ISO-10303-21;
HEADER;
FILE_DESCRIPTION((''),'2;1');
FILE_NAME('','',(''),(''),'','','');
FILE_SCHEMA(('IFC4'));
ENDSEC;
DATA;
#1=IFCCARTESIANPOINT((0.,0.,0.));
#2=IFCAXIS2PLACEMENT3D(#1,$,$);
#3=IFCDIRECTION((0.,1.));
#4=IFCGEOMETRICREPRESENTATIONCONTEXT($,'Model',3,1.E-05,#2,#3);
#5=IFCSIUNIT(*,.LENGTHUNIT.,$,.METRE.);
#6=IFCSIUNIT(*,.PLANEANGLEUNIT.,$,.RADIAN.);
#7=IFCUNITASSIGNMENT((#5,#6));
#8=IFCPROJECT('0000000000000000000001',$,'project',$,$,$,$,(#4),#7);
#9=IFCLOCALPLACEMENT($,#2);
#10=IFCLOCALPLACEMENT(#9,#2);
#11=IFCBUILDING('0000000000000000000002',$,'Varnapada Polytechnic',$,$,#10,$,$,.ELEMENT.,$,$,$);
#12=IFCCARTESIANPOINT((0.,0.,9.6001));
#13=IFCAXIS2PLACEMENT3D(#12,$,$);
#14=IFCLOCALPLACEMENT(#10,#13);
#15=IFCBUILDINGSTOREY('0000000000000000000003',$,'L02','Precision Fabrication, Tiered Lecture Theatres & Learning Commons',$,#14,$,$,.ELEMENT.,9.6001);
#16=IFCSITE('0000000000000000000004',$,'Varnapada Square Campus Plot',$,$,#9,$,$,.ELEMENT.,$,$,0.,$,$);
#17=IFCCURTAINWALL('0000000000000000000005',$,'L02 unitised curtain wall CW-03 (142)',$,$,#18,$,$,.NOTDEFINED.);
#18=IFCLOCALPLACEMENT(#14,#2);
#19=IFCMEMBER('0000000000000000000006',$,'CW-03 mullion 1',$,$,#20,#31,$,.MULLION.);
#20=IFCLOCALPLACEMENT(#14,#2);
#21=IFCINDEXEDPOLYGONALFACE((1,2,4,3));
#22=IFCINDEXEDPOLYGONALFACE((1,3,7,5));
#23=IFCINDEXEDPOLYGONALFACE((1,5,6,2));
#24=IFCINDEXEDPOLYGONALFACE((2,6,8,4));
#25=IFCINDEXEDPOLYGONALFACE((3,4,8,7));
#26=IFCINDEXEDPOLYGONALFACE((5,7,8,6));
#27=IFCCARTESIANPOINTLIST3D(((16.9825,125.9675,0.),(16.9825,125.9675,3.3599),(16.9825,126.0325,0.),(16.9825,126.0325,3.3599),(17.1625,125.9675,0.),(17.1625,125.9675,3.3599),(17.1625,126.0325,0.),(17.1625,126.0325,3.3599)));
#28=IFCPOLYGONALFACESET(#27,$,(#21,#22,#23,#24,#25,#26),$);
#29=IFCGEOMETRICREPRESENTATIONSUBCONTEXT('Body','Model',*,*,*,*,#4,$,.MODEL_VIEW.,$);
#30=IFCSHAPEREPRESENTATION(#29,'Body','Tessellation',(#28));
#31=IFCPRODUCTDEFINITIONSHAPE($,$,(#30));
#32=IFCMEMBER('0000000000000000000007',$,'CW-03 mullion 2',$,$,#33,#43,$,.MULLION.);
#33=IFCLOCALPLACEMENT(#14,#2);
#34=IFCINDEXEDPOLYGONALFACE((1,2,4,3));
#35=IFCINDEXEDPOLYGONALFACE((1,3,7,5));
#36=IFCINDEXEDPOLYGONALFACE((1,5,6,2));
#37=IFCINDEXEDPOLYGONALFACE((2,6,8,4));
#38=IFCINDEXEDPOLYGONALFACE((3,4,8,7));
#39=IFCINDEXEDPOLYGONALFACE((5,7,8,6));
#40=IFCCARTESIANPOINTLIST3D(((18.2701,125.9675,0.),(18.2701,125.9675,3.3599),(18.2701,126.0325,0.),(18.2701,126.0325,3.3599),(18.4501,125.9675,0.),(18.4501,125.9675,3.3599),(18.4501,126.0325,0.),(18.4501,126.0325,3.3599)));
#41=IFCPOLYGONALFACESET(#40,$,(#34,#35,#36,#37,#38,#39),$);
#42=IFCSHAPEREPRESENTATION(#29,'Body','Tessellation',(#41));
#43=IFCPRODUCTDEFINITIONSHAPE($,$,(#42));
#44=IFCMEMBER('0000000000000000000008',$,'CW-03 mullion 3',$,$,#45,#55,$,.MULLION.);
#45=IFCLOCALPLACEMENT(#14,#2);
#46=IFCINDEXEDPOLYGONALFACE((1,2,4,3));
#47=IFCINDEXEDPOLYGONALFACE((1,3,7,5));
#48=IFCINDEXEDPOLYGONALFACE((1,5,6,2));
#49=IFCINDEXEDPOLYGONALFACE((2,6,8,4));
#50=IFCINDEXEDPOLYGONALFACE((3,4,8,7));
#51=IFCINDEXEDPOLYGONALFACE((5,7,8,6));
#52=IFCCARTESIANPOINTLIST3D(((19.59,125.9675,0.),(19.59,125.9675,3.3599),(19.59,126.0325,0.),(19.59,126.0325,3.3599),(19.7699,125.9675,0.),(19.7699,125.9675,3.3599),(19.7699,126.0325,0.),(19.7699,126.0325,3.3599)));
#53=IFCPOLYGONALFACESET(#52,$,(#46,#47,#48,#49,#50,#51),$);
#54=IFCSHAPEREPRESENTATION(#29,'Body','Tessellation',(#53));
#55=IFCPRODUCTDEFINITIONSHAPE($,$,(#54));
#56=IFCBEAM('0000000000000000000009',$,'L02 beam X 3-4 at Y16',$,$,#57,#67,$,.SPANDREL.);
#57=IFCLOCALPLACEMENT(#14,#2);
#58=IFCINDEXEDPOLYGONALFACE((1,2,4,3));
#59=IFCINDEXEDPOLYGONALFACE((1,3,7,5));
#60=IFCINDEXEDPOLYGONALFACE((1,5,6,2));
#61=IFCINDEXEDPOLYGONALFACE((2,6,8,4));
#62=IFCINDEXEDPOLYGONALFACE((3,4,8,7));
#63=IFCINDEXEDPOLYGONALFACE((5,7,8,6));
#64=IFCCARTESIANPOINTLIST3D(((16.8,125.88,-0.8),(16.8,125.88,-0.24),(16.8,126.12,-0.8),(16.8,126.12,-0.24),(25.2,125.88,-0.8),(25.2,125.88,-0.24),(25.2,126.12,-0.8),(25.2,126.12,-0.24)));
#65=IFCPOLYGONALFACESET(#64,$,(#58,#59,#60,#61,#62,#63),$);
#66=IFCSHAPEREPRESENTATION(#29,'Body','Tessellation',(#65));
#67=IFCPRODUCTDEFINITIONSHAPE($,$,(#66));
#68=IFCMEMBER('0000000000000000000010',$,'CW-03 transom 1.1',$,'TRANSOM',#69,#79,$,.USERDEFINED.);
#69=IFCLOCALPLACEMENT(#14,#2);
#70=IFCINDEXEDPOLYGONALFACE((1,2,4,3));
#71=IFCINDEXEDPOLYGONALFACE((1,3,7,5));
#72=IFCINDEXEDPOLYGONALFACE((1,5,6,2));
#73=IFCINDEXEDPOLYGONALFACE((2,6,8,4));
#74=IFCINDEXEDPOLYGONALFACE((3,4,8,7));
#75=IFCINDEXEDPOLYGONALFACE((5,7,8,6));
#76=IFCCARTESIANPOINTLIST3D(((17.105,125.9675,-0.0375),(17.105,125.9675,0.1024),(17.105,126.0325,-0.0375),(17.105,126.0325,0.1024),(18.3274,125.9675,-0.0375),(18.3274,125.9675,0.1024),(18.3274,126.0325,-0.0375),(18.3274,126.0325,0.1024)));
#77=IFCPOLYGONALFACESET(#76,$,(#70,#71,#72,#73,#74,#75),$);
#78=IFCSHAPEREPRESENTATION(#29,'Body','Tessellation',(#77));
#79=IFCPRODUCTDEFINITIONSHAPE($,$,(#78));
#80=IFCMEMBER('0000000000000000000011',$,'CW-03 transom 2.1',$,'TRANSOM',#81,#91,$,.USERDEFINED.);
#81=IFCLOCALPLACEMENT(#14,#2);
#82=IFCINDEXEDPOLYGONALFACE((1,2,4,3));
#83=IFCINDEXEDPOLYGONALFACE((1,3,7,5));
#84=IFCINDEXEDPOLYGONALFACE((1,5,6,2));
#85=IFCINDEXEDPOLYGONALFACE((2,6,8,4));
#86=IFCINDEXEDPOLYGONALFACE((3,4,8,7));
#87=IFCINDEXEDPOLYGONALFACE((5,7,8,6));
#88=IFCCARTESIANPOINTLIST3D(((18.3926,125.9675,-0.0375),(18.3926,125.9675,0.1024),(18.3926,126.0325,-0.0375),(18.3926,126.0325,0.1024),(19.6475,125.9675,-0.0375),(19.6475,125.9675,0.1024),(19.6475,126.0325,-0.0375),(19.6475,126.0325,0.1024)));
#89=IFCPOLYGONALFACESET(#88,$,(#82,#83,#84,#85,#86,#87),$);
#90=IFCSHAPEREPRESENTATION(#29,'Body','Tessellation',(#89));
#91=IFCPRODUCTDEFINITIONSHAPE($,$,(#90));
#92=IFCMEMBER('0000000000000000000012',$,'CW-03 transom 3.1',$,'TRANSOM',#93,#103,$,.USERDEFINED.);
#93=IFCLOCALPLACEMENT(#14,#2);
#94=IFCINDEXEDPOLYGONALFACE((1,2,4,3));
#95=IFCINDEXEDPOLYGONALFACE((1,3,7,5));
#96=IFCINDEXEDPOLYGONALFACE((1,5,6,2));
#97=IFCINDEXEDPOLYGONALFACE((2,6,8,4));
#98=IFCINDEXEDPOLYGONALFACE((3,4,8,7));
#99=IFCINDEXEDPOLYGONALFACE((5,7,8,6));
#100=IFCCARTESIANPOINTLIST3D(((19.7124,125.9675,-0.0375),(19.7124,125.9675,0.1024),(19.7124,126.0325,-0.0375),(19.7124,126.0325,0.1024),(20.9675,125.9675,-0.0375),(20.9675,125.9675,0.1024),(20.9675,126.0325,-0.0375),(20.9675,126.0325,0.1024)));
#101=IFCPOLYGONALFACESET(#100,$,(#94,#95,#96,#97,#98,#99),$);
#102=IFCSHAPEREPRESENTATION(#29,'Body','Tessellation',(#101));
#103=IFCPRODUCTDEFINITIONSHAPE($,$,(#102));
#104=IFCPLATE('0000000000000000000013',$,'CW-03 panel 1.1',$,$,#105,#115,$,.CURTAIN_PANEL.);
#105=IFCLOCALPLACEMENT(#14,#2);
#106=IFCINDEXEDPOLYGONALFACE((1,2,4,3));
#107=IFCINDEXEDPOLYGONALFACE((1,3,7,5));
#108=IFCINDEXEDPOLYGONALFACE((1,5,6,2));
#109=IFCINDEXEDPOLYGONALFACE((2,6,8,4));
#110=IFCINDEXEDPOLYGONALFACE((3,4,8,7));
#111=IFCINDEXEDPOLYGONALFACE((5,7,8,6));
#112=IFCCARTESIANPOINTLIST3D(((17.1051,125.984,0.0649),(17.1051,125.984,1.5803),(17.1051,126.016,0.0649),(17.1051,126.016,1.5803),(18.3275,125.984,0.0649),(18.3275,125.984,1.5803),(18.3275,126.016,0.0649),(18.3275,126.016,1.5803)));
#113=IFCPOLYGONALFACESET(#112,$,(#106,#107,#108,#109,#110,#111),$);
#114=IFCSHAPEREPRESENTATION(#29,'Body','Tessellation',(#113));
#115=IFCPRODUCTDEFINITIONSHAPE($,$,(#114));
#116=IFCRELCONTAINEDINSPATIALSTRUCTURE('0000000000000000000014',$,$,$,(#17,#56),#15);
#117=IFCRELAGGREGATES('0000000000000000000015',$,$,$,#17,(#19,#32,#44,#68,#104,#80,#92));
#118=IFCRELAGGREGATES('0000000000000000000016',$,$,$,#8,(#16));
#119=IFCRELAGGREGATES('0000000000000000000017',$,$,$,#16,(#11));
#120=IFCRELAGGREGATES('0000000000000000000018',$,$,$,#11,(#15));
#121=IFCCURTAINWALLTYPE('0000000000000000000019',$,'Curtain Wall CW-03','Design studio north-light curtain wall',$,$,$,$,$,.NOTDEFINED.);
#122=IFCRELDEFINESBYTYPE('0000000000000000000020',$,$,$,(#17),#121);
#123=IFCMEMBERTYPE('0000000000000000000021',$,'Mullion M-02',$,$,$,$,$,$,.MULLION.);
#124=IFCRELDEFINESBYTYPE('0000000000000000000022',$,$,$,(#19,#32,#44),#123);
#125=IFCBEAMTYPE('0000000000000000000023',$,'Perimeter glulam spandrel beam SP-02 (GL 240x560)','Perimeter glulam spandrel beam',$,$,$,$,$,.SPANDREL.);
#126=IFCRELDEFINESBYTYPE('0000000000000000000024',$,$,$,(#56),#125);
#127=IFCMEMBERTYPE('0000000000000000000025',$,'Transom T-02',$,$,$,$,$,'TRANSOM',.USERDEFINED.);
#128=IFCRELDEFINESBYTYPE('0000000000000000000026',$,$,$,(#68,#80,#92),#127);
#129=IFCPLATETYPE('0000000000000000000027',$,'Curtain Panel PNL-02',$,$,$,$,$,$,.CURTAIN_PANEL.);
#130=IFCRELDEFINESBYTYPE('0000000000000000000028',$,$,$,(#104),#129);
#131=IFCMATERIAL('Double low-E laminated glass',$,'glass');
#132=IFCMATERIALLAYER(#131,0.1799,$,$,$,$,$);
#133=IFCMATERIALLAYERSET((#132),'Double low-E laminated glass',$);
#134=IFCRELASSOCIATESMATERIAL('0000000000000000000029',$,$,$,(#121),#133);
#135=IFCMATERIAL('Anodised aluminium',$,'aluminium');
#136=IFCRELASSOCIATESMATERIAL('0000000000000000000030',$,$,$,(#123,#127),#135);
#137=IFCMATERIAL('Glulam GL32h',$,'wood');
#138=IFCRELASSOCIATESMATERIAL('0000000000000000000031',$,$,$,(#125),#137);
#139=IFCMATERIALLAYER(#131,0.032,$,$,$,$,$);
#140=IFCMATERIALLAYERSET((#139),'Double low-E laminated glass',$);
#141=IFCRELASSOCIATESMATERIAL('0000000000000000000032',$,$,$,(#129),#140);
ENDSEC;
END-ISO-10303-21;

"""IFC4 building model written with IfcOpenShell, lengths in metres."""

from ifc_helpers import new_model, si_unit, direction, frame, origin, origin_2d, place, context, subcontext, project, spatial, rectangle, extrude, material, layer, layer_set, material_profile, profile_set, type_object, element, aggregate, save


model = new_model("IFC4")

# Units and contexts
model_context = context("Model", 3, precision=1e-05, world=origin(), true_north=direction((0.0, 1.0)))
body_context = subcontext(model_context, "Body", "Model", "MODEL_VIEW")
ifc_project = project(units=[si_unit("LENGTHUNIT", "METRE"), si_unit("PLANEANGLEUNIT", "RADIAN")], contexts=[model_context])

# Site, building, storey
site_placement = place(None, origin())
site = spatial("IfcSite", under=ifc_project, at=site_placement, Name="Varnapada Square Campus Plot", CompositionType="ELEMENT", RefElevation=0.0)
building_placement = place(site_placement, origin())
building = spatial("IfcBuilding", under=site, at=building_placement, Name="Varnapada Polytechnic", CompositionType="ELEMENT")
storey_placement = place(building_placement, frame((0.0, 0.0, 9.6001)))
storey = spatial("IfcBuildingStorey", under=building, at=storey_placement, Name="L02", Description="Precision Fabrication, Tiered Lecture Theatres & Learning Commons", CompositionType="ELEMENT", Elevation=9.6001)

# Curtain wall, members
ifc_material_1 = material(Name="Double low-E laminated glass", Category="glass")
ifc_layer_1 = layer(ifc_material_1, 0.1799)
ifc_layer_set_1 = layer_set([ifc_layer_1], Name="Double low-E laminated glass")
curtain_wall_type = type_object("IfcCurtainWallType", Name="Curtain Wall CW-03", Description="Design studio north-light curtain wall", PredefinedType="NOTDEFINED", material=ifc_layer_set_1)
curtain_wall_placement = place(storey_placement, origin())
curtain_wall = element("IfcCurtainWall", 1, at=curtain_wall_placement, inside=storey, type_object=curtain_wall_type, Name="L02 unitised curtain wall CW-03 (142)", PredefinedType="NOTDEFINED")
ifc_material_2 = material(Name="Anodised aluminium", Category="aluminium")
ifc_material_profile_1 = material_profile(ifc_material_2, rectangle(XDim=0.0649, YDim=0.1799, at=origin_2d()), Name="ALU M65x180")
ifc_profile_set_1 = profile_set([ifc_material_profile_1], Name="Anodised aluminium")
member_type_1 = type_object("IfcMemberType", Name="Mullion M-02", PredefinedType="MULLION", material=ifc_profile_set_1)
member_1_placement = place(storey_placement, frame((17.0725, 126.0, 0.0), z_axis=(0.0, 0.0, 1.0), x_axis=(0.0, 1.0, 0.0)))
member_1 = element("IfcMember", 2, at=member_1_placement, type_object=member_type_1, Name="CW-03 mullion 1", PredefinedType="MULLION", context=body_context, shape_type="SweptSolid", body=[
    extrude(rectangle(XDim=0.0649, YDim=0.1799, at=origin_2d()), origin(), (0.0, 0.0, 1.0), 3.3599),
])
member_2_placement = place(storey_placement, frame((18.3601, 126.0, 0.0), z_axis=(0.0, 0.0, 1.0), x_axis=(0.0, 1.0, 0.0)))
member_2 = element("IfcMember", 3, at=member_2_placement, type_object=member_type_1, Name="CW-03 mullion 2", PredefinedType="MULLION", context=body_context, shape_type="SweptSolid", body=[
    extrude(rectangle(XDim=0.0649, YDim=0.1799, at=origin_2d()), origin(), (0.0, 0.0, 1.0), 3.3599),
])
member_3_placement = place(storey_placement, frame((19.6799, 126.0, 0.0), z_axis=(0.0, 0.0, 1.0), x_axis=(0.0, 1.0, 0.0)))
member_3 = element("IfcMember", 4, at=member_3_placement, type_object=member_type_1, Name="CW-03 mullion 3", PredefinedType="MULLION", context=body_context, shape_type="SweptSolid", body=[
    extrude(rectangle(XDim=0.0649, YDim=0.1799, at=origin_2d()), origin(), (0.0, 0.0, 1.0), 3.3599),
])

# Beam
ifc_material_3 = material(Name="Glulam GL32h", Category="wood")
ifc_material_profile_2 = material_profile(ifc_material_3, rectangle(XDim=0.24, YDim=0.5601, at=origin_2d()), Name="GL 240x560")
ifc_profile_set_2 = profile_set([ifc_material_profile_2], Name="Glulam GL32h")
beam_type = type_object("IfcBeamType", Name="Perimeter glulam spandrel beam SP-02 (GL 240x560)", Description="Perimeter glulam spandrel beam", PredefinedType="SPANDREL", material=ifc_profile_set_2)
beam_placement = place(storey_placement, frame((16.8, 126.0, -0.52), z_axis=(1.0, 0.0, 0.0), x_axis=(0.0, 1.0, 0.0)))
element("IfcBeam", 5, at=beam_placement, inside=storey, type_object=beam_type, Name="L02 beam X 3-4 at Y16", PredefinedType="SPANDREL", context=body_context, shape_type="SweptSolid", body=[
    extrude(rectangle(XDim=0.24, YDim=0.5601, at=origin_2d()), origin(), (0.0, 0.0, 1.0), 8.3999),
])

# Members
ifc_material_profile_3 = material_profile(ifc_material_2, rectangle(XDim=0.0649, YDim=0.1399, at=origin_2d()), Name="ALU T65x140")
ifc_profile_set_3 = profile_set([ifc_material_profile_3], Name="Anodised aluminium")
member_type_2 = type_object("IfcMemberType", Name="Transom T-02", ElementType="TRANSOM", PredefinedType="USERDEFINED", material=ifc_profile_set_3)
member_4_placement = place(storey_placement, frame((17.105, 126.0, 0.0325), z_axis=(1.0, 0.0, 0.0), x_axis=(0.0, 1.0, 0.0)))
member_4 = element("IfcMember", 6, at=member_4_placement, type_object=member_type_2, Name="CW-03 transom 1.1", ObjectType="TRANSOM", PredefinedType="USERDEFINED", context=body_context, shape_type="SweptSolid", body=[
    extrude(rectangle(XDim=0.0649, YDim=0.1399, at=origin_2d()), origin(), (0.0, 0.0, 1.0), 1.2224),
])
member_5_placement = place(storey_placement, frame((18.3926, 126.0, 0.0325), z_axis=(1.0, 0.0, 0.0), x_axis=(0.0, 1.0, 0.0)))
member_5 = element("IfcMember", 7, at=member_5_placement, type_object=member_type_2, Name="CW-03 transom 2.1", ObjectType="TRANSOM", PredefinedType="USERDEFINED", context=body_context, shape_type="SweptSolid", body=[
    extrude(rectangle(XDim=0.0649, YDim=0.1399, at=origin_2d()), origin(), (0.0, 0.0, 1.0), 1.2549),
])
member_6_placement = place(storey_placement, frame((19.7124, 126.0, 0.0325), z_axis=(1.0, 0.0, 0.0), x_axis=(0.0, 1.0, 0.0)))
member_6 = element("IfcMember", 8, at=member_6_placement, type_object=member_type_2, Name="CW-03 transom 3.1", ObjectType="TRANSOM", PredefinedType="USERDEFINED", context=body_context, shape_type="SweptSolid", body=[
    extrude(rectangle(XDim=0.0649, YDim=0.1399, at=origin_2d()), origin(), (0.0, 0.0, 1.0), 1.2551),
])

# Plate
ifc_layer_2 = layer(ifc_material_1, 0.032)
ifc_layer_set_2 = layer_set([ifc_layer_2], Name="Double low-E laminated glass")
plate_type = type_object("IfcPlateType", Name="Curtain Panel PNL-02", PredefinedType="CURTAIN_PANEL", material=ifc_layer_set_2)
plate_placement = place(storey_placement, frame((17.7163, 126.0, 0.0649), z_axis=(0.0, 0.0, 1.0), x_axis=(1.0, 0.0, 0.0)))
plate = element("IfcPlate", 9, at=plate_placement, type_object=plate_type, Name="CW-03 panel 1.1", PredefinedType="CURTAIN_PANEL", context=body_context, shape_type="SweptSolid", body=[
    extrude(rectangle(XDim=1.2224, YDim=0.032, at=origin_2d()), origin(), (0.0, 0.0, 1.0), 1.5154),
])
aggregate(curtain_wall, [member_1, member_2, member_3, member_4, plate, member_5, member_6])

save(model, "model.ifc")
